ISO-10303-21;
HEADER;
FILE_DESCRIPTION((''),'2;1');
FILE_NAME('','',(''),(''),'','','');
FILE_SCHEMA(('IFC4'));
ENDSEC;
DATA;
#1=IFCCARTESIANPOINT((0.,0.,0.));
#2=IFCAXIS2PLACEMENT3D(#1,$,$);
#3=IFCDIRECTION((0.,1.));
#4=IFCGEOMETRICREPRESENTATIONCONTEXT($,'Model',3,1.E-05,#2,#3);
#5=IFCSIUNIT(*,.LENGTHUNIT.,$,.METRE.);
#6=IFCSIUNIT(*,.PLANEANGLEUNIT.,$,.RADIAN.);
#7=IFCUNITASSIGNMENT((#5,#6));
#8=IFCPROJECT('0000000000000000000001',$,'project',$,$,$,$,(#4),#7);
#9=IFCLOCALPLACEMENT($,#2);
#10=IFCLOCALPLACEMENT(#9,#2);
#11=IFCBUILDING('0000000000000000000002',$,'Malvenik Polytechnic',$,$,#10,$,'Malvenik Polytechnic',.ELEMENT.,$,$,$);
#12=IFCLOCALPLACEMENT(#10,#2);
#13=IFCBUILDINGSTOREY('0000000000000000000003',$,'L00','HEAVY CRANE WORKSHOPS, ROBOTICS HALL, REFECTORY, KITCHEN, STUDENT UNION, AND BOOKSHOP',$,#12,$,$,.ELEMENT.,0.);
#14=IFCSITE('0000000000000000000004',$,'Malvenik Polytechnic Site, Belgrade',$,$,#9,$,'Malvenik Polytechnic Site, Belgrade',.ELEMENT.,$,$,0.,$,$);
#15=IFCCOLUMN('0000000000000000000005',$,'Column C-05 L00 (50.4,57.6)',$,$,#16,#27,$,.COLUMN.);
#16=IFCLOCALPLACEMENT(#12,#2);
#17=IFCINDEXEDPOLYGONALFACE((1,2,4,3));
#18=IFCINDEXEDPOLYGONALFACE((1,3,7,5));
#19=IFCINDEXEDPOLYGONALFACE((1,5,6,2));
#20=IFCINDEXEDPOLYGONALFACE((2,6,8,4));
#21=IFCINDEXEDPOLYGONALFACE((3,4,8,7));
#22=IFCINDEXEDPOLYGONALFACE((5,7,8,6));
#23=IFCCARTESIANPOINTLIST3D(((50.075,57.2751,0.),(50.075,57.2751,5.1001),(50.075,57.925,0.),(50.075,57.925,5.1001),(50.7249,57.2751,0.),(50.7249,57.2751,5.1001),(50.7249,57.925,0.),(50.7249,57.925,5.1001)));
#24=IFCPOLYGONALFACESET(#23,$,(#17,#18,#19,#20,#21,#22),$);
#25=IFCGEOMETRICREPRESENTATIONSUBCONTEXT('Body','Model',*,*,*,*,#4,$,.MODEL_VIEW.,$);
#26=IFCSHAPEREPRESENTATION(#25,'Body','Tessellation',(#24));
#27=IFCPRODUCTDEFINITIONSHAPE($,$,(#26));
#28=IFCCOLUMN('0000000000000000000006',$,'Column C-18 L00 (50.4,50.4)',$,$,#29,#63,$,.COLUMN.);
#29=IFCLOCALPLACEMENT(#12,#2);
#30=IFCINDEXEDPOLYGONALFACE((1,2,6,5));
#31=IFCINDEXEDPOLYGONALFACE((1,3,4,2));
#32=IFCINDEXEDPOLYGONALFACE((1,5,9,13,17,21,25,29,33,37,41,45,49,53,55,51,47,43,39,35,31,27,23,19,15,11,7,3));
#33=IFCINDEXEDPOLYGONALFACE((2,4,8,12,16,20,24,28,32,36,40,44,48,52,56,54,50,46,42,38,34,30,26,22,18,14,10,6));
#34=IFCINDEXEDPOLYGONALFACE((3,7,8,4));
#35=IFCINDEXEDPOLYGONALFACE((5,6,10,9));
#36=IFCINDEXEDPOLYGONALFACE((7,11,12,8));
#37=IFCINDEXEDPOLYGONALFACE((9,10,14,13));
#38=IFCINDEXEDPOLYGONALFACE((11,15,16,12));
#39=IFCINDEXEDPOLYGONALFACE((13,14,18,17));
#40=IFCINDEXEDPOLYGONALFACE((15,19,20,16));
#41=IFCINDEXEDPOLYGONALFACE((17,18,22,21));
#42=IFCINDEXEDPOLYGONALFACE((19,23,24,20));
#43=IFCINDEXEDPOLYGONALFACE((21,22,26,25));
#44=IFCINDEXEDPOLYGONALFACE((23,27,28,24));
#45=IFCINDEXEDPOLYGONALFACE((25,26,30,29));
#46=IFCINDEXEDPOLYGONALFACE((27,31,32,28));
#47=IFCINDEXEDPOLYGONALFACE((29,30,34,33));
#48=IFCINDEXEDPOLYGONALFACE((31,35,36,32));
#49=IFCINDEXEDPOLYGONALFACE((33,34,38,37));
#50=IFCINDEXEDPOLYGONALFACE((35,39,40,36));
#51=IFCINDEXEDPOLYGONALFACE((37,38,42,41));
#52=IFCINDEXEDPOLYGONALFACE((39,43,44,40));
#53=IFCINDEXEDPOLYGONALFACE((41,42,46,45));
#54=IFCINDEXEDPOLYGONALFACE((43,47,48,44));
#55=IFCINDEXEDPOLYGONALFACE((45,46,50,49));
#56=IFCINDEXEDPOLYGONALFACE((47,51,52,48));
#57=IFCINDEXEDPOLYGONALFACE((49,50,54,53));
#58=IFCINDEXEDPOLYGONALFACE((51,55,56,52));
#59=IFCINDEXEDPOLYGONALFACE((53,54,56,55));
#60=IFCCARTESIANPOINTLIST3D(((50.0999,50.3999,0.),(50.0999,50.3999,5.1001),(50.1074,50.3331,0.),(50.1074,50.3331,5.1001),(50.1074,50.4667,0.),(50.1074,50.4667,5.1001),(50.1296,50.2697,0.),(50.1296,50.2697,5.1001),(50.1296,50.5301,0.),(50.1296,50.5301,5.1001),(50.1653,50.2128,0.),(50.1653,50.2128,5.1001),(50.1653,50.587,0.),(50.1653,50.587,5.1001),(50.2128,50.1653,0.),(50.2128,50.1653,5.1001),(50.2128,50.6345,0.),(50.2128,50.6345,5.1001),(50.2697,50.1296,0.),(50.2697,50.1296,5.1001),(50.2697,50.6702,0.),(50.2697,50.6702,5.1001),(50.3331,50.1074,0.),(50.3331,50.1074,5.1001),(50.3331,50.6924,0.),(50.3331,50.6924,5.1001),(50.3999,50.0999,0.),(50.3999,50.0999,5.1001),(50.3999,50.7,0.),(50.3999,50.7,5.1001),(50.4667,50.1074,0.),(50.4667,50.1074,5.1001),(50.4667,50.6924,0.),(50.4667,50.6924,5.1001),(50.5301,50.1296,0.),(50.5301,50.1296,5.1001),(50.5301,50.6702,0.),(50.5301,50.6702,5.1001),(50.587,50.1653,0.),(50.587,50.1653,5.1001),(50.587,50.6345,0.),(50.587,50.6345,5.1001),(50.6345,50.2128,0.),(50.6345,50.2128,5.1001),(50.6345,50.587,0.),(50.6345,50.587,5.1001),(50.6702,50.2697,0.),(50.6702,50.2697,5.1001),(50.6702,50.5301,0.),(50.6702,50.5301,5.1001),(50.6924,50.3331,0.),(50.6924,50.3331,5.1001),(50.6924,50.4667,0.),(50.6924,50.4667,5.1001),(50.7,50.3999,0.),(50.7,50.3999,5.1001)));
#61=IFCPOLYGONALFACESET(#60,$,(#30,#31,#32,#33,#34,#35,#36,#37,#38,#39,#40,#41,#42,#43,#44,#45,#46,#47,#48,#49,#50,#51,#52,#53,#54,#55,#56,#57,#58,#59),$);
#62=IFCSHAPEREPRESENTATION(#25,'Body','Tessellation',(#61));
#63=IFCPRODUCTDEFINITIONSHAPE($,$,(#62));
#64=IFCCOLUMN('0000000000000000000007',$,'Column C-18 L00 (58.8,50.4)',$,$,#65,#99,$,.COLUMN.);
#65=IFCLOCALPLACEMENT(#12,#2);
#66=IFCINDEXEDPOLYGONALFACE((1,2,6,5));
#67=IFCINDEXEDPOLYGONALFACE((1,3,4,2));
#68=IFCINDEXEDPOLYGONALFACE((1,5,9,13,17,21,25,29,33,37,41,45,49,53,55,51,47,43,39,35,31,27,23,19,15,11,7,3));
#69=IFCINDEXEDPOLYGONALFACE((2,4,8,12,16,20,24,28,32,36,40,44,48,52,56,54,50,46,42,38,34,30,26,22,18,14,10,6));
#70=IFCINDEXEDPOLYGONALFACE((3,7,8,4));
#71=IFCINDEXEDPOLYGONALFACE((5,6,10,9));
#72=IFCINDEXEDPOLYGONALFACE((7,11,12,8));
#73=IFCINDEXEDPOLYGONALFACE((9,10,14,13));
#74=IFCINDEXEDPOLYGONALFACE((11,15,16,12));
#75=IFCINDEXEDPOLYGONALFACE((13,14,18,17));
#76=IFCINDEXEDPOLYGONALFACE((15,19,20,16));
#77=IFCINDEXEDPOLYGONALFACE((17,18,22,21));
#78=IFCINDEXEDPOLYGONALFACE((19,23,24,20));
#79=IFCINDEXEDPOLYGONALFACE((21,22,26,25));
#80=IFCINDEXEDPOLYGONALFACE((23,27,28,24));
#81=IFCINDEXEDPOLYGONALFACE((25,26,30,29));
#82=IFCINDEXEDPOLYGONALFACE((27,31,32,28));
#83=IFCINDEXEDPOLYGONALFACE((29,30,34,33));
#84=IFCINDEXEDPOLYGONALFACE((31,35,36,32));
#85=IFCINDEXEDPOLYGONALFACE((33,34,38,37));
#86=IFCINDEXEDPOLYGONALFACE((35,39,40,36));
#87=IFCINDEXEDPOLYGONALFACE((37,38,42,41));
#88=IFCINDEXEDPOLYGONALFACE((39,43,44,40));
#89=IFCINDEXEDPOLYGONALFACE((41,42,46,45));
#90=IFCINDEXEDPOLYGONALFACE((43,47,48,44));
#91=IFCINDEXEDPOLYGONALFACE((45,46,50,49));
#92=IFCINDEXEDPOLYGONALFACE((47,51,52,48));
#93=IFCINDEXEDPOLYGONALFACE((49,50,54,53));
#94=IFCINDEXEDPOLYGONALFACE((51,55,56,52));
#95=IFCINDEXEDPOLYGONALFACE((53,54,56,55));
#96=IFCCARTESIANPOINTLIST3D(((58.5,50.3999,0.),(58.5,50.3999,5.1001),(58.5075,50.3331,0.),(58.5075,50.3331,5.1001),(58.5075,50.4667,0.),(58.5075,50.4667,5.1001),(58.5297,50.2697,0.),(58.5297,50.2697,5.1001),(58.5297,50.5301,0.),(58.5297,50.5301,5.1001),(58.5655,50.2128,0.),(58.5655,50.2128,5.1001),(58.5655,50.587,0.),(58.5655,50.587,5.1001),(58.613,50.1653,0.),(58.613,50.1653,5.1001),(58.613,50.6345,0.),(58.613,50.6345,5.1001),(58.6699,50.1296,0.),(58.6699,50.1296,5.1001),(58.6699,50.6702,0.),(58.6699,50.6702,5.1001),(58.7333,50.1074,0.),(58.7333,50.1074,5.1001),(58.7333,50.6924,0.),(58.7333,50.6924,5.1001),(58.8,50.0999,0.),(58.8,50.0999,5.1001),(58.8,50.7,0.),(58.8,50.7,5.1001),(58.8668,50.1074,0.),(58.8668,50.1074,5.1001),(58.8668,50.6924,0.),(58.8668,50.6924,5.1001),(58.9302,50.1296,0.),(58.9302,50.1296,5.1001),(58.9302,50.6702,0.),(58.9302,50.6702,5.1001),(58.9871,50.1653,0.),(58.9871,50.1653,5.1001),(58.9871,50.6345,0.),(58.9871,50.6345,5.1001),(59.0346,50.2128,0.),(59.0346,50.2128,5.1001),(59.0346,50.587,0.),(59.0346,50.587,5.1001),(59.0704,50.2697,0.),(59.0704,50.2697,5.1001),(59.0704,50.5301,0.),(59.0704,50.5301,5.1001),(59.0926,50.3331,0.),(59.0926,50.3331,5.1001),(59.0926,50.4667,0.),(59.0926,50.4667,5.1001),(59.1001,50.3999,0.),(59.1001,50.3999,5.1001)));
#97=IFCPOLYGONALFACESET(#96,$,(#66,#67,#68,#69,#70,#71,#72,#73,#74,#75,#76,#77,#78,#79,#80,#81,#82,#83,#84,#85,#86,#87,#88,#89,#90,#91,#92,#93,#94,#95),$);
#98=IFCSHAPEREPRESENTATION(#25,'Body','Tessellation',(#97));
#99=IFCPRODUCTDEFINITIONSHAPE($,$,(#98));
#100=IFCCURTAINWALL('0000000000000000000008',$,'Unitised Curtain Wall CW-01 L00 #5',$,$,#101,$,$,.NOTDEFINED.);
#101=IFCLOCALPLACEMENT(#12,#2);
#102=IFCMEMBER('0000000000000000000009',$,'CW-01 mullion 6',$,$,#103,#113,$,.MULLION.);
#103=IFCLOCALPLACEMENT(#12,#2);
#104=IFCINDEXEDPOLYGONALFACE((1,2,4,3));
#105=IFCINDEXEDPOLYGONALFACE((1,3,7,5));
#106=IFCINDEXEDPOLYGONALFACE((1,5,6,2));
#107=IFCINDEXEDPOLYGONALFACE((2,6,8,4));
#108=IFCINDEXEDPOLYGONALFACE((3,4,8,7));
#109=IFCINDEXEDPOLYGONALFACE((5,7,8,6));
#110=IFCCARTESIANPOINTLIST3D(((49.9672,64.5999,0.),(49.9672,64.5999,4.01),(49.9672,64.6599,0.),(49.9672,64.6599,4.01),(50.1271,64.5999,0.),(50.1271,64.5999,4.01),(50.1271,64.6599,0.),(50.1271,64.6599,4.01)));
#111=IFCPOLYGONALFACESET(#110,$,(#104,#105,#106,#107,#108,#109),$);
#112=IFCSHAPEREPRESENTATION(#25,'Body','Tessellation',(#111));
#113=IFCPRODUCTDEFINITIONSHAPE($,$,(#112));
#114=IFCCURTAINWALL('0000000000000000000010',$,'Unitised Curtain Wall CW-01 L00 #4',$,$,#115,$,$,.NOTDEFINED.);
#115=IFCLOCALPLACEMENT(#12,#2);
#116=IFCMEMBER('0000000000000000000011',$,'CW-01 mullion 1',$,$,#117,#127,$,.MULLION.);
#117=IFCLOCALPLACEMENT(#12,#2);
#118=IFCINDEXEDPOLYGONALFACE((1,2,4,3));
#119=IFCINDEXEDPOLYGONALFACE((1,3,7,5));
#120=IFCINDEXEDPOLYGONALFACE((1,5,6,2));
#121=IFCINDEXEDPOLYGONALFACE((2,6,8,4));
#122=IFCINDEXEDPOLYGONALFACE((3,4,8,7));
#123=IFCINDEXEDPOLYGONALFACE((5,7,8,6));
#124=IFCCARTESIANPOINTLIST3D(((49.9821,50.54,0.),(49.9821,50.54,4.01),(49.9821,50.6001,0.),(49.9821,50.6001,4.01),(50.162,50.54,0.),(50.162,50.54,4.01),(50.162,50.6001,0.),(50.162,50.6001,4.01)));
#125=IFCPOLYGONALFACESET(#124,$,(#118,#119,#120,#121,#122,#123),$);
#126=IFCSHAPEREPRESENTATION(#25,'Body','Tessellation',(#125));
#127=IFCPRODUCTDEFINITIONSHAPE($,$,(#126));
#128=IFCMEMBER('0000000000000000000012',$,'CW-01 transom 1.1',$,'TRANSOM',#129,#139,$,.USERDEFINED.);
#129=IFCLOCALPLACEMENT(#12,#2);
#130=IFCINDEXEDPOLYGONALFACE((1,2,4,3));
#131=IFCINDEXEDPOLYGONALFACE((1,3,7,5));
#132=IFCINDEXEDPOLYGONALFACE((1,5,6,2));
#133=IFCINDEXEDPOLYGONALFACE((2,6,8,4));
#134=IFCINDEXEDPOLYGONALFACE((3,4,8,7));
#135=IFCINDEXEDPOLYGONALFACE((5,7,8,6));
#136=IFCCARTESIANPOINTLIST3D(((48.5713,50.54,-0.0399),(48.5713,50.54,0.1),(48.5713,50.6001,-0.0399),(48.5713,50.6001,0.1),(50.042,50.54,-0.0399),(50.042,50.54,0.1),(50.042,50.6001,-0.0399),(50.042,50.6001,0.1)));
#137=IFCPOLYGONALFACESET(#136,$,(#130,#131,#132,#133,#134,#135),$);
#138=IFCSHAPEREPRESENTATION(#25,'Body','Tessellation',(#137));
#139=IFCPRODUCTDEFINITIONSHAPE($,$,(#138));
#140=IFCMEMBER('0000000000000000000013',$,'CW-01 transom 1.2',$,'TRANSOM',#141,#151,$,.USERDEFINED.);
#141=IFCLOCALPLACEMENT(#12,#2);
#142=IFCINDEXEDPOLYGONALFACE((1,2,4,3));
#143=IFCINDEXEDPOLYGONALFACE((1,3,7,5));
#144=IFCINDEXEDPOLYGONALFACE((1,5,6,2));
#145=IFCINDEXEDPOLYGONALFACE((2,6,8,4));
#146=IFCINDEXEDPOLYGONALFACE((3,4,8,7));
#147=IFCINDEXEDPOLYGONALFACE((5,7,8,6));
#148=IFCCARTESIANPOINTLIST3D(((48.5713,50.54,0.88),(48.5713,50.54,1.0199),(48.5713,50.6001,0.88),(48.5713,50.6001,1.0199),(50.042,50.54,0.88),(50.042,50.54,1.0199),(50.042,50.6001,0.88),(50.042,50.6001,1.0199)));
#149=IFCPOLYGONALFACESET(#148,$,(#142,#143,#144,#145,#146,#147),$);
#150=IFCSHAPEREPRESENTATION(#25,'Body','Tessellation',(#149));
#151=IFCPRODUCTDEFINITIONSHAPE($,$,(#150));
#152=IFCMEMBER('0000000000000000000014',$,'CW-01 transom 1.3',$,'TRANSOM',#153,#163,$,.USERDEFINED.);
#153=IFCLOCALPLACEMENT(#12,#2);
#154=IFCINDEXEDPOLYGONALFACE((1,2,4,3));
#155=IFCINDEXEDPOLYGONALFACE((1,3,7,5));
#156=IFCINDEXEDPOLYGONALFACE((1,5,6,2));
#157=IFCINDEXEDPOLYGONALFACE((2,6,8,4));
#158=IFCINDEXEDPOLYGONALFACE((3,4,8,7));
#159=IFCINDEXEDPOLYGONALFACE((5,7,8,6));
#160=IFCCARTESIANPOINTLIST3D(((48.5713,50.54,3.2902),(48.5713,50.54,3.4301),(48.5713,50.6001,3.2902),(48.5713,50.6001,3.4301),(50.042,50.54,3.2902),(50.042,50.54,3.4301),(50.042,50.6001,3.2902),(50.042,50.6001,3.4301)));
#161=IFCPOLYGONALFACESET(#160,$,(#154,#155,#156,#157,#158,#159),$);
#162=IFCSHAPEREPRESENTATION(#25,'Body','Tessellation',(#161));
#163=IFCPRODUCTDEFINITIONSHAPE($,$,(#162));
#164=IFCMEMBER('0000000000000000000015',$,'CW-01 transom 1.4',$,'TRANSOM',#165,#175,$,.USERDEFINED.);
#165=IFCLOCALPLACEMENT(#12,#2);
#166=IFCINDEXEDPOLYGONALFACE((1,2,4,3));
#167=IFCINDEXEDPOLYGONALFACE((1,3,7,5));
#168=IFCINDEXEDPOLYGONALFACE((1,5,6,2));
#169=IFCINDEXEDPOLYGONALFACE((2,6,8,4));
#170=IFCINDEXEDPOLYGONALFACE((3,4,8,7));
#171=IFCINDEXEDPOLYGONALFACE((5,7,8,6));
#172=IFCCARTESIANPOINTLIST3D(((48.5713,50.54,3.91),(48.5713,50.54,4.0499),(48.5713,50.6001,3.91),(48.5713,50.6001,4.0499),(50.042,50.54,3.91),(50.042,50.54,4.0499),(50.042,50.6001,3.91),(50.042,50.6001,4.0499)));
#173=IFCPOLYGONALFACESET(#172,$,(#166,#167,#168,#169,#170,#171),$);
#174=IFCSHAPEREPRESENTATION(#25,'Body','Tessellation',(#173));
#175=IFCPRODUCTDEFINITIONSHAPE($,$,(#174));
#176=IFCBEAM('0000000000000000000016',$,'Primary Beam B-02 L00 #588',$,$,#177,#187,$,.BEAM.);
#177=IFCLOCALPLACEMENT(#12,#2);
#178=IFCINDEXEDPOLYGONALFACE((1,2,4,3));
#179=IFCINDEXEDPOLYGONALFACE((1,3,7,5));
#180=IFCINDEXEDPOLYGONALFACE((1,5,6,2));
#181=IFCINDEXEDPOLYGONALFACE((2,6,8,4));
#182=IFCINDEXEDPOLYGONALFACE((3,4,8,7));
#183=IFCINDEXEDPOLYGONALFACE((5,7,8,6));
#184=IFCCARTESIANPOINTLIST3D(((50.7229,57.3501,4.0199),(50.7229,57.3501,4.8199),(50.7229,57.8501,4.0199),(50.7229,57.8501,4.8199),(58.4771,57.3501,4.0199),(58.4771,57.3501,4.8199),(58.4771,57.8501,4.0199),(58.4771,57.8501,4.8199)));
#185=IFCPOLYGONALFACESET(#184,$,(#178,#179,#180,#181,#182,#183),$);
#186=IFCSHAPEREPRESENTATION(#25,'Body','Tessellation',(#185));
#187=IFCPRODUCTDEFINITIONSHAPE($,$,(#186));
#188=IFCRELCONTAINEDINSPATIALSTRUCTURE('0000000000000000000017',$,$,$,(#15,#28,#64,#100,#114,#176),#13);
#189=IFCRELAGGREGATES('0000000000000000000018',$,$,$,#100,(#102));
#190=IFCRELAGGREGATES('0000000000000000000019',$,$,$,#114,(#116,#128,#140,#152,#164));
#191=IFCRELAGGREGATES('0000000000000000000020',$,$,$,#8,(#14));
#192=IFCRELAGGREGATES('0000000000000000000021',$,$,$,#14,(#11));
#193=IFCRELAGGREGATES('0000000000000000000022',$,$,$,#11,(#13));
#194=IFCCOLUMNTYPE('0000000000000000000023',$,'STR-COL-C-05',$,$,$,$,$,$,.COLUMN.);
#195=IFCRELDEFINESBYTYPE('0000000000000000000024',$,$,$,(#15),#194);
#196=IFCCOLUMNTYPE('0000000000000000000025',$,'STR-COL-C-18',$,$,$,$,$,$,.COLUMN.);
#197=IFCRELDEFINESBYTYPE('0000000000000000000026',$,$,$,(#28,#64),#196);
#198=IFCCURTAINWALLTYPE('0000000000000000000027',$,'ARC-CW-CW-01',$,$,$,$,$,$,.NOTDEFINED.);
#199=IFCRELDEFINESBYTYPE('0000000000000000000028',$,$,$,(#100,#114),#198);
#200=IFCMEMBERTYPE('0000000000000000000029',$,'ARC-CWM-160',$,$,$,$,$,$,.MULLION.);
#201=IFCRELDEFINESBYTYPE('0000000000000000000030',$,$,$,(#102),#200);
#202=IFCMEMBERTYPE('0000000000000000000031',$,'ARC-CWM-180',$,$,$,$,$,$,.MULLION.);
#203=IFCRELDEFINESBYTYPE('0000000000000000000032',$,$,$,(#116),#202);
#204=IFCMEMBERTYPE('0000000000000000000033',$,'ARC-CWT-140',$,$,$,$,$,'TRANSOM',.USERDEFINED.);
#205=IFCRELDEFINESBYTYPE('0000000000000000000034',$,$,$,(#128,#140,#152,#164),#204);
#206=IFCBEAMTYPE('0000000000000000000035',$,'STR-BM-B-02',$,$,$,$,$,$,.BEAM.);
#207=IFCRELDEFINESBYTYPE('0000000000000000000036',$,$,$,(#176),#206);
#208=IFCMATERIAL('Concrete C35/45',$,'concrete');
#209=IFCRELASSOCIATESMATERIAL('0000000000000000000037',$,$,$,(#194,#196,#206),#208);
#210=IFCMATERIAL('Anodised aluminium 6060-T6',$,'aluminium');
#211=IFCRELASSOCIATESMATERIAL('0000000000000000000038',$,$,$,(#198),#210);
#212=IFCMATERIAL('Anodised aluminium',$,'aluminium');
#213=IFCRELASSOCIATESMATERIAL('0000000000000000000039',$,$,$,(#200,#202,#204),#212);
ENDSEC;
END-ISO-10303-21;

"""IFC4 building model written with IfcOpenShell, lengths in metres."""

from ifc_helpers import new_model, si_unit, direction, frame, origin, origin_2d, place, context, subcontext, project, spatial, rectangle, circle, extrude, material, material_profile, profile_set, type_object, element, aggregate, save


model = new_model("IFC4")

# Units and contexts
model_context = context("Model", 3, precision=1e-05, world=origin(), true_north=direction((0.0, 1.0)))
body_context = subcontext(model_context, "Body", "Model", "MODEL_VIEW")
ifc_project = project(units=[si_unit("LENGTHUNIT", "METRE"), si_unit("PLANEANGLEUNIT", "RADIAN")], contexts=[model_context])

# Site, building, storey
site_placement = place(None, origin())
site = spatial("IfcSite", under=ifc_project, at=site_placement, Name="Malvenik Polytechnic Site, Belgrade", LongName="Malvenik Polytechnic Site, Belgrade", CompositionType="ELEMENT", RefElevation=0.0)
building_placement = place(site_placement, origin())
building = spatial("IfcBuilding", under=site, at=building_placement, Name="Malvenik Polytechnic", LongName="Malvenik Polytechnic", CompositionType="ELEMENT")
storey_placement = place(building_placement, origin())
storey = spatial("IfcBuildingStorey", under=building, at=storey_placement, Name="L00", Description="HEAVY CRANE WORKSHOPS, ROBOTICS HALL, REFECTORY, KITCHEN, STUDENT UNION, AND BOOKSHOP", CompositionType="ELEMENT", Elevation=0.0)

# Columns
ifc_material_1 = material(Name="Concrete C35/45", Category="concrete")
ifc_material_profile_1 = material_profile(ifc_material_1, rectangle(XDim=0.6499, YDim=0.6499, at=origin_2d()), Name="RC COL 650x650")
ifc_profile_set_1 = profile_set([ifc_material_profile_1], Name="Concrete C35/45")
column_type_1 = type_object("IfcColumnType", Name="STR-COL-C-05", PredefinedType="COLUMN", material=ifc_profile_set_1)
column_placement = place(storey_placement, frame((50.3999, 57.6001, 0.0), z_axis=(0.0, 0.0, 1.0), x_axis=(1.0, 0.0, 0.0)))
element("IfcColumn", 1, at=column_placement, inside=storey, type_object=column_type_1, Name="Column C-05 L00 (50.4,57.6)", PredefinedType="COLUMN", context=body_context, shape_type="SweptSolid", body=[
    extrude(rectangle(XDim=0.6499, YDim=0.6499, at=origin_2d()), origin(), (0.0, 0.0, 1.0), 5.1001),
])
ifc_material_profile_2 = material_profile(ifc_material_1, circle(Radius=0.3, at=origin_2d()), Name="RC COL D600")
ifc_profile_set_2 = profile_set([ifc_material_profile_2], Name="Concrete C35/45")
column_type_2 = type_object("IfcColumnType", Name="STR-COL-C-18", PredefinedType="COLUMN", material=ifc_profile_set_2)
for number, where, z_axis, x_axis, name in (
    (2, (50.3999, 50.3999, 0.0), (0.0, 0.0, 1.0), (1.0, 0.0, 0.0), "Column C-18 L00 (50.4,50.4)"),
    (3, (58.8, 50.3999, 0.0), (0.0, 0.0, 1.0), (1.0, 0.0, 0.0), "Column C-18 L00 (58.8,50.4)"),
):
    element("IfcColumn", number, at=place(storey_placement, frame(where, z_axis=z_axis, x_axis=x_axis)), inside=storey, type_object=column_type_2, Name=name, PredefinedType="COLUMN", context=body_context, shape_type="SweptSolid", body=[
        extrude(circle(Radius=0.3, at=origin_2d()), origin(), (0.0, 0.0, 1.0), 5.1001),
    ])

# Curtain wall, member
ifc_material_2 = material(Name="Anodised aluminium 6060-T6", Category="aluminium")
curtain_wall_type = type_object("IfcCurtainWallType", Name="ARC-CW-CW-01", PredefinedType="NOTDEFINED", material=ifc_material_2)
curtain_wall_1_placement = place(storey_placement, origin())
curtain_wall_1 = element("IfcCurtainWall", 4, at=curtain_wall_1_placement, inside=storey, type_object=curtain_wall_type, Name="Unitised Curtain Wall CW-01 L00 #5", PredefinedType="NOTDEFINED")
ifc_material_3 = material(Name="Anodised aluminium", Category="aluminium")
ifc_material_profile_3 = material_profile(ifc_material_3, rectangle(XDim=0.0601, YDim=0.1599, at=origin_2d()), Name="ALU MULLION 60x160")
ifc_profile_set_3 = profile_set([ifc_material_profile_3], Name="Anodised aluminium")
member_type_1 = type_object("IfcMemberType", Name="ARC-CWM-160", PredefinedType="MULLION", material=ifc_profile_set_3)
member_1_placement = place(storey_placement, frame((50.0471, 64.6299, 0.0), z_axis=(0.0, 0.0, 1.0), x_axis=(0.0, 1.0, 0.0)))
member_1 = element("IfcMember", 5, at=member_1_placement, type_object=member_type_1, Name="CW-01 mullion 6", PredefinedType="MULLION", context=body_context, shape_type="SweptSolid", body=[
    extrude(rectangle(XDim=0.0601, YDim=0.1599, at=origin_2d()), origin(), (0.0, 0.0, 1.0), 4.01),
])
aggregate(curtain_wall_1, [member_1])

# Curtain wall, members
curtain_wall_2_placement = place(storey_placement, origin())
curtain_wall_2 = element("IfcCurtainWall", 6, at=curtain_wall_2_placement, inside=storey, type_object=curtain_wall_type, Name="Unitised Curtain Wall CW-01 L00 #4", PredefinedType="NOTDEFINED")
ifc_material_profile_4 = material_profile(ifc_material_3, rectangle(XDim=0.0601, YDim=0.1799, at=origin_2d()), Name="ALU MULLION 60x180")
ifc_profile_set_4 = profile_set([ifc_material_profile_4], Name="Anodised aluminium")
member_type_2 = type_object("IfcMemberType", Name="ARC-CWM-180", PredefinedType="MULLION", material=ifc_profile_set_4)
member_2_placement = place(storey_placement, frame((50.072, 50.5701, 0.0), z_axis=(0.0, 0.0, 1.0), x_axis=(0.0, -1.0, 0.0)))
member_2 = element("IfcMember", 7, at=member_2_placement, type_object=member_type_2, Name="CW-01 mullion 1", PredefinedType="MULLION", context=body_context, shape_type="SweptSolid", body=[
    extrude(rectangle(XDim=0.0601, YDim=0.1799, at=origin_2d()), origin(), (0.0, 0.0, 1.0), 4.01),
])
ifc_material_profile_5 = material_profile(ifc_material_3, rectangle(XDim=0.0601, YDim=0.1399, at=origin_2d()), Name="ALU TRANSOM 60x140")
ifc_profile_set_5 = profile_set([ifc_material_profile_5], Name="Anodised aluminium")
member_type_3 = type_object("IfcMemberType", Name="ARC-CWT-140", ElementType="TRANSOM", PredefinedType="USERDEFINED", material=ifc_profile_set_5)
member_3_placement = place(storey_placement, frame((50.042, 50.5701, 0.03), z_axis=(-1.0, 0.0, 0.0), x_axis=(0.0, -1.0, 0.0)))
member_3 = element("IfcMember", 8, at=member_3_placement, type_object=member_type_3, Name="CW-01 transom 1.1", ObjectType="TRANSOM", PredefinedType="USERDEFINED", context=body_context, shape_type="SweptSolid", body=[
    extrude(rectangle(XDim=0.0601, YDim=0.1399, at=origin_2d()), origin(), (0.0, 0.0, 1.0), 1.4707),
])
member_4_placement = place(storey_placement, frame((50.042, 50.5701, 0.95), z_axis=(-1.0, 0.0, 0.0), x_axis=(0.0, -1.0, 0.0)))
member_4 = element("IfcMember", 9, at=member_4_placement, type_object=member_type_3, Name="CW-01 transom 1.2", ObjectType="TRANSOM", PredefinedType="USERDEFINED", context=body_context, shape_type="SweptSolid", body=[
    extrude(rectangle(XDim=0.0601, YDim=0.1399, at=origin_2d()), origin(), (0.0, 0.0, 1.0), 1.4707),
])
member_5_placement = place(storey_placement, frame((50.042, 50.5701, 3.3601), z_axis=(-1.0, 0.0, 0.0), x_axis=(0.0, -1.0, 0.0)))
member_5 = element("IfcMember", 10, at=member_5_placement, type_object=member_type_3, Name="CW-01 transom 1.3", ObjectType="TRANSOM", PredefinedType="USERDEFINED", context=body_context, shape_type="SweptSolid", body=[
    extrude(rectangle(XDim=0.0601, YDim=0.1399, at=origin_2d()), origin(), (0.0, 0.0, 1.0), 1.4707),
])
member_6_placement = place(storey_placement, frame((50.042, 50.5701, 3.98), z_axis=(-1.0, 0.0, 0.0), x_axis=(0.0, -1.0, 0.0)))
member_6 = element("IfcMember", 11, at=member_6_placement, type_object=member_type_3, Name="CW-01 transom 1.4", ObjectType="TRANSOM", PredefinedType="USERDEFINED", context=body_context, shape_type="SweptSolid", body=[
    extrude(rectangle(XDim=0.0601, YDim=0.1399, at=origin_2d()), origin(), (0.0, 0.0, 1.0), 1.4707),
])

# Beam
ifc_material_profile_6 = material_profile(ifc_material_1, rectangle(XDim=0.5, YDim=0.8, at=origin_2d()), Name="RC BM 500x800")
ifc_profile_set_6 = profile_set([ifc_material_profile_6], Name="Concrete C35/45")
beam_type_1 = type_object("IfcBeamType", Name="STR-BM-B-02", PredefinedType="BEAM", material=ifc_profile_set_6)
beam_1_placement = place(storey_placement, frame((50.7229, 57.6001, 4.4199), z_axis=(1.0, 0.0, 0.0), x_axis=(0.0, 1.0, 0.0)))
element("IfcBeam", 12, at=beam_1_placement, inside=storey, type_object=beam_type_1, Name="Primary Beam B-02 L00 #588", PredefinedType="BEAM", context=body_context, shape_type="SweptSolid", body=[
    extrude(rectangle(XDim=0.5, YDim=0.8, at=origin_2d()), origin(), (0.0, 0.0, 1.0), 7.7542),
])

aggregate(curtain_wall_2, [member_2, member_3, member_4, member_5, member_6])

save(model, "model.ifc")
